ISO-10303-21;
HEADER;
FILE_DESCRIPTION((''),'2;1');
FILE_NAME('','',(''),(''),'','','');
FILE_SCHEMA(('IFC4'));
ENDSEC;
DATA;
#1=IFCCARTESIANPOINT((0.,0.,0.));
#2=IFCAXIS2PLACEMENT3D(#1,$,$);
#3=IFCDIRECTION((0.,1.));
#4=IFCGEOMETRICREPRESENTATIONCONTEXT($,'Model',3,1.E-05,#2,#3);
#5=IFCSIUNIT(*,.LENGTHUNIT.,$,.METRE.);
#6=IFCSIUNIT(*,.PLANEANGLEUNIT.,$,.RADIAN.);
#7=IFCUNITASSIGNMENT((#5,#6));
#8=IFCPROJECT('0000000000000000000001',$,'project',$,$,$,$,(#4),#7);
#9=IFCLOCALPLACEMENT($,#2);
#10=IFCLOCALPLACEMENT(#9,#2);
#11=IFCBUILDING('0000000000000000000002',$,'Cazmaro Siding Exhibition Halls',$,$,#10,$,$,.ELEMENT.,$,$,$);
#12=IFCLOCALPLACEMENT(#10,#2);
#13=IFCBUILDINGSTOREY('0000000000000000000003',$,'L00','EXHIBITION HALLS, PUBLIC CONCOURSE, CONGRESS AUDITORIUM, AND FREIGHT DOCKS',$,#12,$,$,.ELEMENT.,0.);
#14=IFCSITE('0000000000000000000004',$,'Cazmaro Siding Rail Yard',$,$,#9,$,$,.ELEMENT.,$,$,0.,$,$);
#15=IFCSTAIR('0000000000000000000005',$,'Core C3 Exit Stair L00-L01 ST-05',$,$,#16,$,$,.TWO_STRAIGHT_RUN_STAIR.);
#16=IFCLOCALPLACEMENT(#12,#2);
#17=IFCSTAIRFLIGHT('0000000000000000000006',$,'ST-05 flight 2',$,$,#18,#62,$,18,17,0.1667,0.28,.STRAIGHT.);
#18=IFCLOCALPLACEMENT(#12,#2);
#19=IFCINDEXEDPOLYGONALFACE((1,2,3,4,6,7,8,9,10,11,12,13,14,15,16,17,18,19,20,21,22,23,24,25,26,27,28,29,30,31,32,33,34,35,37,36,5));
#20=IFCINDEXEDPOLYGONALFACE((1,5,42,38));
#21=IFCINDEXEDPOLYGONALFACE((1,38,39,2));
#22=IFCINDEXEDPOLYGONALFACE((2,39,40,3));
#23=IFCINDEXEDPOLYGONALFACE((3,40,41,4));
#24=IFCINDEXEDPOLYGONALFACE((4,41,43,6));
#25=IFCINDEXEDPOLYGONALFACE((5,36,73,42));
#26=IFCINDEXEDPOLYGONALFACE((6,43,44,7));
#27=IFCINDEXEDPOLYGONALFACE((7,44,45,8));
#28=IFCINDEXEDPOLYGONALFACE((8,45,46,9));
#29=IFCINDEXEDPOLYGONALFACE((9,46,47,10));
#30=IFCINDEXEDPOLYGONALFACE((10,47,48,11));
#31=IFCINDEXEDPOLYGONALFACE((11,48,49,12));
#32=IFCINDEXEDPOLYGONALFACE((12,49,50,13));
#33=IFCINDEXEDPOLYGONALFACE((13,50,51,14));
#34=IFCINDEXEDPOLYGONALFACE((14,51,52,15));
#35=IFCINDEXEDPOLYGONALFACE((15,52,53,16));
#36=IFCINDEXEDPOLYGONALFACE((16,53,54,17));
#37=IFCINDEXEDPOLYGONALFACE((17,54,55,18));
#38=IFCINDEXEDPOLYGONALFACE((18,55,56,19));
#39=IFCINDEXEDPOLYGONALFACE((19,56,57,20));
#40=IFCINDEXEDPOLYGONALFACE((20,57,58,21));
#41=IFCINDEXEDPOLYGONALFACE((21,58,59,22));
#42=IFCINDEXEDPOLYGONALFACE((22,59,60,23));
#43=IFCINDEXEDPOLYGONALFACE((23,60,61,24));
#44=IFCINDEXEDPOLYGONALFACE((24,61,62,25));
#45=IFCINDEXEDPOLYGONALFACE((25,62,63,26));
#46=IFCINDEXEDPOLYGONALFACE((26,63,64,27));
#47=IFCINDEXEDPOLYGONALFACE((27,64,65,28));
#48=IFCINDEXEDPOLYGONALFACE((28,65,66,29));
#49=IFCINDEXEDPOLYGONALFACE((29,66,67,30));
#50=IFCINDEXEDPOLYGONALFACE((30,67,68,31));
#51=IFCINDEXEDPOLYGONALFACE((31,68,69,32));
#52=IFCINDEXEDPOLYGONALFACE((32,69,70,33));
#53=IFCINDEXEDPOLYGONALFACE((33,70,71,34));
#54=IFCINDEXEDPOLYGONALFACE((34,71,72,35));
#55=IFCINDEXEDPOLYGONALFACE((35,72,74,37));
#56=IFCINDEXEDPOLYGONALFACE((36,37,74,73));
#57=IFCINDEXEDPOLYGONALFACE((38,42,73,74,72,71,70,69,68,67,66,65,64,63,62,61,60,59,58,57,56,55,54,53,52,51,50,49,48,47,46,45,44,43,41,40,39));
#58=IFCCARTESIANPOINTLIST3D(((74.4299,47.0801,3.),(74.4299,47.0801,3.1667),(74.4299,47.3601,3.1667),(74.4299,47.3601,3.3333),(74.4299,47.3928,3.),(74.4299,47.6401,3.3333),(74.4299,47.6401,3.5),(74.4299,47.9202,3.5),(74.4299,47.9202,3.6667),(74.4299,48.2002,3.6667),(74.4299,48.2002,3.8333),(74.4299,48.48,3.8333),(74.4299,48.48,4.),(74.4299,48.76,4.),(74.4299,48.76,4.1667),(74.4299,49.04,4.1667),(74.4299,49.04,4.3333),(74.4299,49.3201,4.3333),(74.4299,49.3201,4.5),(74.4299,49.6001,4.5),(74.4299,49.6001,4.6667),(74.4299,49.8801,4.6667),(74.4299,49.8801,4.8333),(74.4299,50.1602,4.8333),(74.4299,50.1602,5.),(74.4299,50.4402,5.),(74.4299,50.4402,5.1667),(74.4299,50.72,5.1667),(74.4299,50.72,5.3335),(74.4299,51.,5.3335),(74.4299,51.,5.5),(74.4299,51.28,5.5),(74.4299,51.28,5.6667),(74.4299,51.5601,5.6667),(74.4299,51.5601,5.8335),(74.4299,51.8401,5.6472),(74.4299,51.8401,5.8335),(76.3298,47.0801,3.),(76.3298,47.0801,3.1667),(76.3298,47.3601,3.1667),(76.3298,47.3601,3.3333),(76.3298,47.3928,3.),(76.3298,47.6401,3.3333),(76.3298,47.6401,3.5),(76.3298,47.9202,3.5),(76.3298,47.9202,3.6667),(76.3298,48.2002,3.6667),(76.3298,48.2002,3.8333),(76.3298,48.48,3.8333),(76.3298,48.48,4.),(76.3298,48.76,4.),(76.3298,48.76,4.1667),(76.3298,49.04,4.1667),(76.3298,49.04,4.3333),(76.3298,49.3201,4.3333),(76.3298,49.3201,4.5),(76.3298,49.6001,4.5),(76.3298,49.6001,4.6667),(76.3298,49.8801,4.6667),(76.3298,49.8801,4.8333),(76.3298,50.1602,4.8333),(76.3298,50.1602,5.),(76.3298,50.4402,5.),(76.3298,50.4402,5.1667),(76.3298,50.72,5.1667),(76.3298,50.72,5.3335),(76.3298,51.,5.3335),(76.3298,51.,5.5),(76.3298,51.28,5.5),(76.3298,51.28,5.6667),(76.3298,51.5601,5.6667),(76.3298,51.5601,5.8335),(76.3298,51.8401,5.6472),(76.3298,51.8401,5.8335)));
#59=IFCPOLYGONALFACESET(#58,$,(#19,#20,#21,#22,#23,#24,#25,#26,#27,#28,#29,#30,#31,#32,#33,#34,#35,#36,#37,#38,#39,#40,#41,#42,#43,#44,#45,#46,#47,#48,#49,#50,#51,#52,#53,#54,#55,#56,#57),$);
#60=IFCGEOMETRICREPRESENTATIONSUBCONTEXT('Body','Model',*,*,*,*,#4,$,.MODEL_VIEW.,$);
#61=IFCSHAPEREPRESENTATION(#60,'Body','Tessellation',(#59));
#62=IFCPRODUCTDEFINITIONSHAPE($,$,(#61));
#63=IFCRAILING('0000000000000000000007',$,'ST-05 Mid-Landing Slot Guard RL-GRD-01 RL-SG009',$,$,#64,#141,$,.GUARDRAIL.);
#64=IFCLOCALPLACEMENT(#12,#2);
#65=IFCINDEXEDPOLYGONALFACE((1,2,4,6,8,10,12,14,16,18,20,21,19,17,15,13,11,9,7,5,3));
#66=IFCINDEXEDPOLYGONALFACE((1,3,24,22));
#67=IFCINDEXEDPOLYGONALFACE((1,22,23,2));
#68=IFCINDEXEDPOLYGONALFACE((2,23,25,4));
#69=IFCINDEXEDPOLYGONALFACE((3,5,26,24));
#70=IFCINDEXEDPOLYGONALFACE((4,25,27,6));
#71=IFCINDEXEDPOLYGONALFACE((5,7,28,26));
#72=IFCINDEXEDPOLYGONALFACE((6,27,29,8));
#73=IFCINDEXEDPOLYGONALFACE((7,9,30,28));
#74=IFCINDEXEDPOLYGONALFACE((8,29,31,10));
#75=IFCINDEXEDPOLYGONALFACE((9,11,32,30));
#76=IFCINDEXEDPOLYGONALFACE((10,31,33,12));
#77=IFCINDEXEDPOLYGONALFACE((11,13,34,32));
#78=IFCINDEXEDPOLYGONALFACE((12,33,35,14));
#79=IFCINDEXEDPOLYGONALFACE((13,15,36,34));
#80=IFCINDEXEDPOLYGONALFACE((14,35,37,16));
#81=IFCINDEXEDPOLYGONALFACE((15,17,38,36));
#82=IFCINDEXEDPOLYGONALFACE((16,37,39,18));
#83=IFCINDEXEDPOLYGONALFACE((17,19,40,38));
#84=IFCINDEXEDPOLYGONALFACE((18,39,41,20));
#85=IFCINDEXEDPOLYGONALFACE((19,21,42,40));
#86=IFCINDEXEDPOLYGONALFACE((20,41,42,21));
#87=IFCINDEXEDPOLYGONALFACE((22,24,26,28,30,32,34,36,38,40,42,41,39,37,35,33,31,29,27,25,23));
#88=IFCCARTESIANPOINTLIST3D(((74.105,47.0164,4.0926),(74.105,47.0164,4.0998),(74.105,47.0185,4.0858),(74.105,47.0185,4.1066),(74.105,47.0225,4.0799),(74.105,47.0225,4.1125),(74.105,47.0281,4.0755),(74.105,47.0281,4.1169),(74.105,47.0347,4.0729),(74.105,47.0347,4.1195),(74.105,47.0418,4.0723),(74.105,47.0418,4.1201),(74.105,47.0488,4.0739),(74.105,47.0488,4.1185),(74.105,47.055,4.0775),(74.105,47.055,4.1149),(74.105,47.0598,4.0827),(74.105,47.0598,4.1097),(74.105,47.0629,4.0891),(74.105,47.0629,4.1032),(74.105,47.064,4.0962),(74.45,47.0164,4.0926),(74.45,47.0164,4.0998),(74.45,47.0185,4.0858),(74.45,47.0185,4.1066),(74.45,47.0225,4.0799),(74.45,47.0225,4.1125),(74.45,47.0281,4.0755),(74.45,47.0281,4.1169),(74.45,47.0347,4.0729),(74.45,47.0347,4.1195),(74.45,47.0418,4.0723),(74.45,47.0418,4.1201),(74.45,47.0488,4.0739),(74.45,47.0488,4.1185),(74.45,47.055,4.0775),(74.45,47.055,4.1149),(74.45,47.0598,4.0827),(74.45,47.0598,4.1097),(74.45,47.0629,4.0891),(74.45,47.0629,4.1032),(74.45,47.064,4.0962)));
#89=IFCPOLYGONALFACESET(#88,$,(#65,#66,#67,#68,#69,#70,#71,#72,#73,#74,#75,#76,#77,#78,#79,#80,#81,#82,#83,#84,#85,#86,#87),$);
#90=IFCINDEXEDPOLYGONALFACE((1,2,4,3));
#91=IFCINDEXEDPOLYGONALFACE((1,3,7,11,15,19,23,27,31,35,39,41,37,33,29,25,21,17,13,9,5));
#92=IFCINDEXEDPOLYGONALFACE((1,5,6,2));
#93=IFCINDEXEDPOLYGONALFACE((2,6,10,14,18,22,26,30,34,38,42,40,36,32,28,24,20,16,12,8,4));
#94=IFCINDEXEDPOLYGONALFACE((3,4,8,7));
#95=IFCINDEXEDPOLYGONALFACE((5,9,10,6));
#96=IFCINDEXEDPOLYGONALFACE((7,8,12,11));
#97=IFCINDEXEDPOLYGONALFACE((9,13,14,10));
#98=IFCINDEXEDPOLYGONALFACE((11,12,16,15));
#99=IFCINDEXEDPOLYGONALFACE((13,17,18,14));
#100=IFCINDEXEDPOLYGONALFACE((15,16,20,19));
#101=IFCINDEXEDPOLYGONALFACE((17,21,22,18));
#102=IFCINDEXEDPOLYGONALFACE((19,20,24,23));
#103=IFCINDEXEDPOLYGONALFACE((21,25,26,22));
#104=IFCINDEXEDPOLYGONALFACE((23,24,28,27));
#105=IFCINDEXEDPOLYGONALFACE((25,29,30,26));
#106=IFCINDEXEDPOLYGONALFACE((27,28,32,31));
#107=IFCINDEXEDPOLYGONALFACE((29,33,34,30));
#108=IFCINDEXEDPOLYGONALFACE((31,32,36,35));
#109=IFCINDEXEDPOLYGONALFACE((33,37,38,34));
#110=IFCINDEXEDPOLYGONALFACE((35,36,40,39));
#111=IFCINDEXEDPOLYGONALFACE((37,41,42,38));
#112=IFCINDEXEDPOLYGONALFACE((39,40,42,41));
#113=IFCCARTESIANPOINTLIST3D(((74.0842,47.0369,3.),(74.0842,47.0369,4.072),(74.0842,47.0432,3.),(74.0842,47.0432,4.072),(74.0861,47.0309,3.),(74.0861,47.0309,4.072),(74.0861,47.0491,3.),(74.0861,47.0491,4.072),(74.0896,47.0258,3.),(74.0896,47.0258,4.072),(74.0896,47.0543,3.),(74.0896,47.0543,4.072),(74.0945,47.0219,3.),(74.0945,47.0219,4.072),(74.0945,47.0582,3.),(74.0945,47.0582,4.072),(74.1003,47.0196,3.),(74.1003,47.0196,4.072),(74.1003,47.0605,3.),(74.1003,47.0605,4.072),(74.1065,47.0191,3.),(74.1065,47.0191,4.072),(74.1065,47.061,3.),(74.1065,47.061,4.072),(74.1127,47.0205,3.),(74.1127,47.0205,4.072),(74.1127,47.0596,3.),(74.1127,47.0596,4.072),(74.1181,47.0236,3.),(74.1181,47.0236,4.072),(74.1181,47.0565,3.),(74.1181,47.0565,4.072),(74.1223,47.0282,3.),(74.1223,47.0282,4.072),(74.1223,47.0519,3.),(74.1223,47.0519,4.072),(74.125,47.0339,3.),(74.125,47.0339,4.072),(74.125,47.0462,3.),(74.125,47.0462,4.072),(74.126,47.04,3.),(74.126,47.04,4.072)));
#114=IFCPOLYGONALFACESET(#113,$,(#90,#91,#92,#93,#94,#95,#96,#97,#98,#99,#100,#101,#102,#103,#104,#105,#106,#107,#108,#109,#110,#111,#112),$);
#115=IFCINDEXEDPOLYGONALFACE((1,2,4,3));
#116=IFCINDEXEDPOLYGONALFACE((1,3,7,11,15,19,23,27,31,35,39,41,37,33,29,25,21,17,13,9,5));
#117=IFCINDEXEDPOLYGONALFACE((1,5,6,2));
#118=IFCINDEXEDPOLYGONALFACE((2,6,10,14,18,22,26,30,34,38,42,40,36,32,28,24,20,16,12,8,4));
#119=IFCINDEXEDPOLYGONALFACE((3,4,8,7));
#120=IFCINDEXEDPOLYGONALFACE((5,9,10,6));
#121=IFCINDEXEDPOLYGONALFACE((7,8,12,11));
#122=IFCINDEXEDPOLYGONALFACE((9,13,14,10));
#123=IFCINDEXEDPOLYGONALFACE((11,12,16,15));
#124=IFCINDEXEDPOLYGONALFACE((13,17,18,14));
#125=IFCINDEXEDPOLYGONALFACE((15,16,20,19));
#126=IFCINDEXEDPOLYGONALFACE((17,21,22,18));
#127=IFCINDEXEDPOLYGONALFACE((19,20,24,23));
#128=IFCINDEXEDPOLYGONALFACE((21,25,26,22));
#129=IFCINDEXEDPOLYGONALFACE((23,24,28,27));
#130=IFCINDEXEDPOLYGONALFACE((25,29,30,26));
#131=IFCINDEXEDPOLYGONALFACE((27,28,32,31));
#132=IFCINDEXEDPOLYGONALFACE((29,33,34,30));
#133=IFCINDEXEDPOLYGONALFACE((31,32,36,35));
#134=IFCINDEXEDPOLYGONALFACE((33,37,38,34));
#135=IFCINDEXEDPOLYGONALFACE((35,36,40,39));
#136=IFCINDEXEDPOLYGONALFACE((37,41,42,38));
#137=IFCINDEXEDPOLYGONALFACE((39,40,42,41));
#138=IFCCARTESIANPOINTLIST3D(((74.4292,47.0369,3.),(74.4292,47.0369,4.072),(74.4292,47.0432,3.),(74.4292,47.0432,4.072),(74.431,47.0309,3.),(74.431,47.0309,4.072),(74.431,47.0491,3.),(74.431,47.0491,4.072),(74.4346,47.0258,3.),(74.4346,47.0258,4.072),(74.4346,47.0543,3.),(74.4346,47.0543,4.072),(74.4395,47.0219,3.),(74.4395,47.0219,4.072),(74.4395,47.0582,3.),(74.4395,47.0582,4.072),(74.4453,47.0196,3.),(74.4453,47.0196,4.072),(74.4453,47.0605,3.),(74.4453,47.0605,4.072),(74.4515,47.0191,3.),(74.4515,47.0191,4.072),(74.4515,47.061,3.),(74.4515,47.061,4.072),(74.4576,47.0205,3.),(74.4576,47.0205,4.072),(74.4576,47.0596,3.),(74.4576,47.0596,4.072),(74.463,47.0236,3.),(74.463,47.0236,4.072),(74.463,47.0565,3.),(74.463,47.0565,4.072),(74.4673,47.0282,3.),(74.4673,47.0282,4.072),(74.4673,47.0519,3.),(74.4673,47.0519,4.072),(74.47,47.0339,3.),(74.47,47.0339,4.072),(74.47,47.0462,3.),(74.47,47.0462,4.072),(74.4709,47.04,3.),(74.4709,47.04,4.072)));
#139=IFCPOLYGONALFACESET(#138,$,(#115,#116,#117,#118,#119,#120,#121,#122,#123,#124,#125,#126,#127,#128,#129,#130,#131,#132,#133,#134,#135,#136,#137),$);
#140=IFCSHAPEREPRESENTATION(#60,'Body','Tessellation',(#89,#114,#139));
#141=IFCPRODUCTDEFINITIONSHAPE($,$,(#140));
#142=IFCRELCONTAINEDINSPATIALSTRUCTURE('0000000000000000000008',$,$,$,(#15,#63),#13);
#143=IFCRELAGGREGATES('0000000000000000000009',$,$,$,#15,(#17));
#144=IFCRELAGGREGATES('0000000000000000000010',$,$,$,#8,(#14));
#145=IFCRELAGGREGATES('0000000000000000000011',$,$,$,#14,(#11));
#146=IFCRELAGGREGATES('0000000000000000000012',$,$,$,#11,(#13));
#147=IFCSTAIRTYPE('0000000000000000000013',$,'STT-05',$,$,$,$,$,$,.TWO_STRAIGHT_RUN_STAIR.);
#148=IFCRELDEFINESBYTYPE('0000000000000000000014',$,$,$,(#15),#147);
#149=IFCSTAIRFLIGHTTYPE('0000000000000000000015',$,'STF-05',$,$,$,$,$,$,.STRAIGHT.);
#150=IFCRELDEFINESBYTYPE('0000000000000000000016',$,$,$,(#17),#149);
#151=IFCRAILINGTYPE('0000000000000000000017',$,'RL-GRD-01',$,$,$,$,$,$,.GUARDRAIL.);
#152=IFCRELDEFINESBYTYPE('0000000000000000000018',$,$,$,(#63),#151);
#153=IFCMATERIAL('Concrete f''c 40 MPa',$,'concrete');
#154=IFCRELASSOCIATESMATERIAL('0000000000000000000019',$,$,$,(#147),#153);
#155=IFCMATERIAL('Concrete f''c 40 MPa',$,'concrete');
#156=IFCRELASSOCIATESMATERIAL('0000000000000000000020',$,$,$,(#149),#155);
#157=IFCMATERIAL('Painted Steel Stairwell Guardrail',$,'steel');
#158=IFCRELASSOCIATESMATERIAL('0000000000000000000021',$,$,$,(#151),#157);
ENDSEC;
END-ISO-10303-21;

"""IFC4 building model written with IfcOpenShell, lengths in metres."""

from ifc_helpers import new_model, si_unit, direction, frame, origin, origin_2d, place, context, subcontext, project, spatial, polyline, circle, outline, extrude, material, type_object, element, aggregate, save


model = new_model("IFC4")

# Units and contexts
model_context = context("Model", 3, precision=1e-05, world=origin(), true_north=direction((0.0, 1.0)))
body_context = subcontext(model_context, "Body", "Model", "MODEL_VIEW")
ifc_project = project(units=[si_unit("LENGTHUNIT", "METRE"), si_unit("PLANEANGLEUNIT", "RADIAN")], contexts=[model_context])

# Site, building, storey
site_placement = place(None, origin())
site = spatial("IfcSite", under=ifc_project, at=site_placement, Name="Cazmaro Siding Rail Yard", CompositionType="ELEMENT", RefElevation=0.0)
building_placement = place(site_placement, origin())
building = spatial("IfcBuilding", under=site, at=building_placement, Name="Cazmaro Siding Exhibition Halls", CompositionType="ELEMENT")
storey_placement = place(building_placement, origin())
storey = spatial("IfcBuildingStorey", under=building, at=storey_placement, Name="L00", Description="EXHIBITION HALLS, PUBLIC CONCOURSE, CONGRESS AUDITORIUM, AND FREIGHT DOCKS", CompositionType="ELEMENT", Elevation=0.0)

# Stair, stair flight
ifc_material_1 = material(Name="Concrete f'c 40 MPa", Category="concrete")
stair_type = type_object("IfcStairType", Name="STT-05", PredefinedType="TWO_STRAIGHT_RUN_STAIR", material=ifc_material_1)
stair_placement = place(storey_placement, origin())
stair = element("IfcStair", 1, at=stair_placement, inside=storey, type_object=stair_type, Name="Core C3 Exit Stair L00-L01 ST-05", PredefinedType="TWO_STRAIGHT_RUN_STAIR")
ifc_material_2 = material(Name="Concrete f'c 40 MPa", Category="concrete")
stair_flight_type = type_object("IfcStairFlightType", Name="STF-05", PredefinedType="STRAIGHT", material=ifc_material_2)
stair_flight_1_placement = place(storey_placement, frame((75.3799, 47.0801, 3.0), z_axis=(0.0, 0.0, 1.0), x_axis=(0.0, 1.0, 0.0)))
stair_flight_1 = element("IfcStairFlight", 2, at=stair_flight_1_placement, type_object=stair_flight_type, Name="ST-05 flight 2", NumberOfRisers=18, NumberOfTreads=17, PredefinedType="STRAIGHT", RiserHeight=0.1667, TreadLength=0.28, context=body_context, shape_type="SweptSolid", body=[
    extrude(outline(polyline([(0.0, 0.0), (0.0, 0.1667), (0.28, 0.1667), (0.28, 0.3333), (0.5601, 0.3333), (0.5601, 0.5), (0.8401, 0.5), (0.8401, 0.6667), (1.1201, 0.6667), (1.1201, 0.8333), (1.3999, 0.8333), (1.3999, 1.0), (1.6799, 1.0), (1.6799, 1.1667), (1.96, 1.1667), (1.96, 1.3333), (2.24, 1.3333), (2.24, 1.5), (2.52, 1.5), (2.52, 1.6667), (2.8, 1.6667), (2.8, 1.8333), (3.0801, 1.8333), (3.0801, 2.0), (3.3601, 2.0), (3.3601, 2.1667), (3.6399, 2.1667), (3.6399, 2.3335), (3.9199, 2.3335), (3.9199, 2.5), (4.2, 2.5), (4.2, 2.6667), (4.48, 2.6667), (4.48, 2.8335), (4.76, 2.8335), (4.76, 3.0), (4.76, 2.6472), (0.3127, 0.0), (0.0, 0.0)])), frame((0.0, 0.95, 0.0), z_axis=(0.0, -1.0, 0.0), x_axis=(1.0, 0.0, 0.0)), (0.0, 0.0, 1.0), 1.8999),
])
aggregate(stair, [stair_flight_1])

# Railing
ifc_material_3 = material(Name="Painted Steel Stairwell Guardrail", Category="steel")
railing_type_1 = type_object("IfcRailingType", Name="RL-GRD-01", PredefinedType="GUARDRAIL", material=ifc_material_3)
railing_1_placement = place(storey_placement, frame((74.105, 47.04, 3.0)))
element("IfcRailing", 3, at=railing_1_placement, inside=storey, type_object=railing_type_1, Name="ST-05 Mid-Landing Slot Guard RL-GRD-01 RL-SG009", PredefinedType="GUARDRAIL", context=body_context, shape_type="SweptSolid", body=[
    extrude(circle(Radius=0.0239, at=origin_2d()), frame((0.0, 0.0, 1.0962), z_axis=(1.0, 0.0, 0.0), x_axis=(0.0, 1.0, 0.0)), (0.0, 0.0, 1.0), 0.345),
    extrude(circle(Radius=0.021, at=origin_2d()), origin(), (0.0, 0.0, 1.0), 1.072),
    extrude(circle(Radius=0.021, at=origin_2d()), frame((0.345, 0.0, 0.0)), (0.0, 0.0, 1.0), 1.072),
])

save(model, "model.ifc")
